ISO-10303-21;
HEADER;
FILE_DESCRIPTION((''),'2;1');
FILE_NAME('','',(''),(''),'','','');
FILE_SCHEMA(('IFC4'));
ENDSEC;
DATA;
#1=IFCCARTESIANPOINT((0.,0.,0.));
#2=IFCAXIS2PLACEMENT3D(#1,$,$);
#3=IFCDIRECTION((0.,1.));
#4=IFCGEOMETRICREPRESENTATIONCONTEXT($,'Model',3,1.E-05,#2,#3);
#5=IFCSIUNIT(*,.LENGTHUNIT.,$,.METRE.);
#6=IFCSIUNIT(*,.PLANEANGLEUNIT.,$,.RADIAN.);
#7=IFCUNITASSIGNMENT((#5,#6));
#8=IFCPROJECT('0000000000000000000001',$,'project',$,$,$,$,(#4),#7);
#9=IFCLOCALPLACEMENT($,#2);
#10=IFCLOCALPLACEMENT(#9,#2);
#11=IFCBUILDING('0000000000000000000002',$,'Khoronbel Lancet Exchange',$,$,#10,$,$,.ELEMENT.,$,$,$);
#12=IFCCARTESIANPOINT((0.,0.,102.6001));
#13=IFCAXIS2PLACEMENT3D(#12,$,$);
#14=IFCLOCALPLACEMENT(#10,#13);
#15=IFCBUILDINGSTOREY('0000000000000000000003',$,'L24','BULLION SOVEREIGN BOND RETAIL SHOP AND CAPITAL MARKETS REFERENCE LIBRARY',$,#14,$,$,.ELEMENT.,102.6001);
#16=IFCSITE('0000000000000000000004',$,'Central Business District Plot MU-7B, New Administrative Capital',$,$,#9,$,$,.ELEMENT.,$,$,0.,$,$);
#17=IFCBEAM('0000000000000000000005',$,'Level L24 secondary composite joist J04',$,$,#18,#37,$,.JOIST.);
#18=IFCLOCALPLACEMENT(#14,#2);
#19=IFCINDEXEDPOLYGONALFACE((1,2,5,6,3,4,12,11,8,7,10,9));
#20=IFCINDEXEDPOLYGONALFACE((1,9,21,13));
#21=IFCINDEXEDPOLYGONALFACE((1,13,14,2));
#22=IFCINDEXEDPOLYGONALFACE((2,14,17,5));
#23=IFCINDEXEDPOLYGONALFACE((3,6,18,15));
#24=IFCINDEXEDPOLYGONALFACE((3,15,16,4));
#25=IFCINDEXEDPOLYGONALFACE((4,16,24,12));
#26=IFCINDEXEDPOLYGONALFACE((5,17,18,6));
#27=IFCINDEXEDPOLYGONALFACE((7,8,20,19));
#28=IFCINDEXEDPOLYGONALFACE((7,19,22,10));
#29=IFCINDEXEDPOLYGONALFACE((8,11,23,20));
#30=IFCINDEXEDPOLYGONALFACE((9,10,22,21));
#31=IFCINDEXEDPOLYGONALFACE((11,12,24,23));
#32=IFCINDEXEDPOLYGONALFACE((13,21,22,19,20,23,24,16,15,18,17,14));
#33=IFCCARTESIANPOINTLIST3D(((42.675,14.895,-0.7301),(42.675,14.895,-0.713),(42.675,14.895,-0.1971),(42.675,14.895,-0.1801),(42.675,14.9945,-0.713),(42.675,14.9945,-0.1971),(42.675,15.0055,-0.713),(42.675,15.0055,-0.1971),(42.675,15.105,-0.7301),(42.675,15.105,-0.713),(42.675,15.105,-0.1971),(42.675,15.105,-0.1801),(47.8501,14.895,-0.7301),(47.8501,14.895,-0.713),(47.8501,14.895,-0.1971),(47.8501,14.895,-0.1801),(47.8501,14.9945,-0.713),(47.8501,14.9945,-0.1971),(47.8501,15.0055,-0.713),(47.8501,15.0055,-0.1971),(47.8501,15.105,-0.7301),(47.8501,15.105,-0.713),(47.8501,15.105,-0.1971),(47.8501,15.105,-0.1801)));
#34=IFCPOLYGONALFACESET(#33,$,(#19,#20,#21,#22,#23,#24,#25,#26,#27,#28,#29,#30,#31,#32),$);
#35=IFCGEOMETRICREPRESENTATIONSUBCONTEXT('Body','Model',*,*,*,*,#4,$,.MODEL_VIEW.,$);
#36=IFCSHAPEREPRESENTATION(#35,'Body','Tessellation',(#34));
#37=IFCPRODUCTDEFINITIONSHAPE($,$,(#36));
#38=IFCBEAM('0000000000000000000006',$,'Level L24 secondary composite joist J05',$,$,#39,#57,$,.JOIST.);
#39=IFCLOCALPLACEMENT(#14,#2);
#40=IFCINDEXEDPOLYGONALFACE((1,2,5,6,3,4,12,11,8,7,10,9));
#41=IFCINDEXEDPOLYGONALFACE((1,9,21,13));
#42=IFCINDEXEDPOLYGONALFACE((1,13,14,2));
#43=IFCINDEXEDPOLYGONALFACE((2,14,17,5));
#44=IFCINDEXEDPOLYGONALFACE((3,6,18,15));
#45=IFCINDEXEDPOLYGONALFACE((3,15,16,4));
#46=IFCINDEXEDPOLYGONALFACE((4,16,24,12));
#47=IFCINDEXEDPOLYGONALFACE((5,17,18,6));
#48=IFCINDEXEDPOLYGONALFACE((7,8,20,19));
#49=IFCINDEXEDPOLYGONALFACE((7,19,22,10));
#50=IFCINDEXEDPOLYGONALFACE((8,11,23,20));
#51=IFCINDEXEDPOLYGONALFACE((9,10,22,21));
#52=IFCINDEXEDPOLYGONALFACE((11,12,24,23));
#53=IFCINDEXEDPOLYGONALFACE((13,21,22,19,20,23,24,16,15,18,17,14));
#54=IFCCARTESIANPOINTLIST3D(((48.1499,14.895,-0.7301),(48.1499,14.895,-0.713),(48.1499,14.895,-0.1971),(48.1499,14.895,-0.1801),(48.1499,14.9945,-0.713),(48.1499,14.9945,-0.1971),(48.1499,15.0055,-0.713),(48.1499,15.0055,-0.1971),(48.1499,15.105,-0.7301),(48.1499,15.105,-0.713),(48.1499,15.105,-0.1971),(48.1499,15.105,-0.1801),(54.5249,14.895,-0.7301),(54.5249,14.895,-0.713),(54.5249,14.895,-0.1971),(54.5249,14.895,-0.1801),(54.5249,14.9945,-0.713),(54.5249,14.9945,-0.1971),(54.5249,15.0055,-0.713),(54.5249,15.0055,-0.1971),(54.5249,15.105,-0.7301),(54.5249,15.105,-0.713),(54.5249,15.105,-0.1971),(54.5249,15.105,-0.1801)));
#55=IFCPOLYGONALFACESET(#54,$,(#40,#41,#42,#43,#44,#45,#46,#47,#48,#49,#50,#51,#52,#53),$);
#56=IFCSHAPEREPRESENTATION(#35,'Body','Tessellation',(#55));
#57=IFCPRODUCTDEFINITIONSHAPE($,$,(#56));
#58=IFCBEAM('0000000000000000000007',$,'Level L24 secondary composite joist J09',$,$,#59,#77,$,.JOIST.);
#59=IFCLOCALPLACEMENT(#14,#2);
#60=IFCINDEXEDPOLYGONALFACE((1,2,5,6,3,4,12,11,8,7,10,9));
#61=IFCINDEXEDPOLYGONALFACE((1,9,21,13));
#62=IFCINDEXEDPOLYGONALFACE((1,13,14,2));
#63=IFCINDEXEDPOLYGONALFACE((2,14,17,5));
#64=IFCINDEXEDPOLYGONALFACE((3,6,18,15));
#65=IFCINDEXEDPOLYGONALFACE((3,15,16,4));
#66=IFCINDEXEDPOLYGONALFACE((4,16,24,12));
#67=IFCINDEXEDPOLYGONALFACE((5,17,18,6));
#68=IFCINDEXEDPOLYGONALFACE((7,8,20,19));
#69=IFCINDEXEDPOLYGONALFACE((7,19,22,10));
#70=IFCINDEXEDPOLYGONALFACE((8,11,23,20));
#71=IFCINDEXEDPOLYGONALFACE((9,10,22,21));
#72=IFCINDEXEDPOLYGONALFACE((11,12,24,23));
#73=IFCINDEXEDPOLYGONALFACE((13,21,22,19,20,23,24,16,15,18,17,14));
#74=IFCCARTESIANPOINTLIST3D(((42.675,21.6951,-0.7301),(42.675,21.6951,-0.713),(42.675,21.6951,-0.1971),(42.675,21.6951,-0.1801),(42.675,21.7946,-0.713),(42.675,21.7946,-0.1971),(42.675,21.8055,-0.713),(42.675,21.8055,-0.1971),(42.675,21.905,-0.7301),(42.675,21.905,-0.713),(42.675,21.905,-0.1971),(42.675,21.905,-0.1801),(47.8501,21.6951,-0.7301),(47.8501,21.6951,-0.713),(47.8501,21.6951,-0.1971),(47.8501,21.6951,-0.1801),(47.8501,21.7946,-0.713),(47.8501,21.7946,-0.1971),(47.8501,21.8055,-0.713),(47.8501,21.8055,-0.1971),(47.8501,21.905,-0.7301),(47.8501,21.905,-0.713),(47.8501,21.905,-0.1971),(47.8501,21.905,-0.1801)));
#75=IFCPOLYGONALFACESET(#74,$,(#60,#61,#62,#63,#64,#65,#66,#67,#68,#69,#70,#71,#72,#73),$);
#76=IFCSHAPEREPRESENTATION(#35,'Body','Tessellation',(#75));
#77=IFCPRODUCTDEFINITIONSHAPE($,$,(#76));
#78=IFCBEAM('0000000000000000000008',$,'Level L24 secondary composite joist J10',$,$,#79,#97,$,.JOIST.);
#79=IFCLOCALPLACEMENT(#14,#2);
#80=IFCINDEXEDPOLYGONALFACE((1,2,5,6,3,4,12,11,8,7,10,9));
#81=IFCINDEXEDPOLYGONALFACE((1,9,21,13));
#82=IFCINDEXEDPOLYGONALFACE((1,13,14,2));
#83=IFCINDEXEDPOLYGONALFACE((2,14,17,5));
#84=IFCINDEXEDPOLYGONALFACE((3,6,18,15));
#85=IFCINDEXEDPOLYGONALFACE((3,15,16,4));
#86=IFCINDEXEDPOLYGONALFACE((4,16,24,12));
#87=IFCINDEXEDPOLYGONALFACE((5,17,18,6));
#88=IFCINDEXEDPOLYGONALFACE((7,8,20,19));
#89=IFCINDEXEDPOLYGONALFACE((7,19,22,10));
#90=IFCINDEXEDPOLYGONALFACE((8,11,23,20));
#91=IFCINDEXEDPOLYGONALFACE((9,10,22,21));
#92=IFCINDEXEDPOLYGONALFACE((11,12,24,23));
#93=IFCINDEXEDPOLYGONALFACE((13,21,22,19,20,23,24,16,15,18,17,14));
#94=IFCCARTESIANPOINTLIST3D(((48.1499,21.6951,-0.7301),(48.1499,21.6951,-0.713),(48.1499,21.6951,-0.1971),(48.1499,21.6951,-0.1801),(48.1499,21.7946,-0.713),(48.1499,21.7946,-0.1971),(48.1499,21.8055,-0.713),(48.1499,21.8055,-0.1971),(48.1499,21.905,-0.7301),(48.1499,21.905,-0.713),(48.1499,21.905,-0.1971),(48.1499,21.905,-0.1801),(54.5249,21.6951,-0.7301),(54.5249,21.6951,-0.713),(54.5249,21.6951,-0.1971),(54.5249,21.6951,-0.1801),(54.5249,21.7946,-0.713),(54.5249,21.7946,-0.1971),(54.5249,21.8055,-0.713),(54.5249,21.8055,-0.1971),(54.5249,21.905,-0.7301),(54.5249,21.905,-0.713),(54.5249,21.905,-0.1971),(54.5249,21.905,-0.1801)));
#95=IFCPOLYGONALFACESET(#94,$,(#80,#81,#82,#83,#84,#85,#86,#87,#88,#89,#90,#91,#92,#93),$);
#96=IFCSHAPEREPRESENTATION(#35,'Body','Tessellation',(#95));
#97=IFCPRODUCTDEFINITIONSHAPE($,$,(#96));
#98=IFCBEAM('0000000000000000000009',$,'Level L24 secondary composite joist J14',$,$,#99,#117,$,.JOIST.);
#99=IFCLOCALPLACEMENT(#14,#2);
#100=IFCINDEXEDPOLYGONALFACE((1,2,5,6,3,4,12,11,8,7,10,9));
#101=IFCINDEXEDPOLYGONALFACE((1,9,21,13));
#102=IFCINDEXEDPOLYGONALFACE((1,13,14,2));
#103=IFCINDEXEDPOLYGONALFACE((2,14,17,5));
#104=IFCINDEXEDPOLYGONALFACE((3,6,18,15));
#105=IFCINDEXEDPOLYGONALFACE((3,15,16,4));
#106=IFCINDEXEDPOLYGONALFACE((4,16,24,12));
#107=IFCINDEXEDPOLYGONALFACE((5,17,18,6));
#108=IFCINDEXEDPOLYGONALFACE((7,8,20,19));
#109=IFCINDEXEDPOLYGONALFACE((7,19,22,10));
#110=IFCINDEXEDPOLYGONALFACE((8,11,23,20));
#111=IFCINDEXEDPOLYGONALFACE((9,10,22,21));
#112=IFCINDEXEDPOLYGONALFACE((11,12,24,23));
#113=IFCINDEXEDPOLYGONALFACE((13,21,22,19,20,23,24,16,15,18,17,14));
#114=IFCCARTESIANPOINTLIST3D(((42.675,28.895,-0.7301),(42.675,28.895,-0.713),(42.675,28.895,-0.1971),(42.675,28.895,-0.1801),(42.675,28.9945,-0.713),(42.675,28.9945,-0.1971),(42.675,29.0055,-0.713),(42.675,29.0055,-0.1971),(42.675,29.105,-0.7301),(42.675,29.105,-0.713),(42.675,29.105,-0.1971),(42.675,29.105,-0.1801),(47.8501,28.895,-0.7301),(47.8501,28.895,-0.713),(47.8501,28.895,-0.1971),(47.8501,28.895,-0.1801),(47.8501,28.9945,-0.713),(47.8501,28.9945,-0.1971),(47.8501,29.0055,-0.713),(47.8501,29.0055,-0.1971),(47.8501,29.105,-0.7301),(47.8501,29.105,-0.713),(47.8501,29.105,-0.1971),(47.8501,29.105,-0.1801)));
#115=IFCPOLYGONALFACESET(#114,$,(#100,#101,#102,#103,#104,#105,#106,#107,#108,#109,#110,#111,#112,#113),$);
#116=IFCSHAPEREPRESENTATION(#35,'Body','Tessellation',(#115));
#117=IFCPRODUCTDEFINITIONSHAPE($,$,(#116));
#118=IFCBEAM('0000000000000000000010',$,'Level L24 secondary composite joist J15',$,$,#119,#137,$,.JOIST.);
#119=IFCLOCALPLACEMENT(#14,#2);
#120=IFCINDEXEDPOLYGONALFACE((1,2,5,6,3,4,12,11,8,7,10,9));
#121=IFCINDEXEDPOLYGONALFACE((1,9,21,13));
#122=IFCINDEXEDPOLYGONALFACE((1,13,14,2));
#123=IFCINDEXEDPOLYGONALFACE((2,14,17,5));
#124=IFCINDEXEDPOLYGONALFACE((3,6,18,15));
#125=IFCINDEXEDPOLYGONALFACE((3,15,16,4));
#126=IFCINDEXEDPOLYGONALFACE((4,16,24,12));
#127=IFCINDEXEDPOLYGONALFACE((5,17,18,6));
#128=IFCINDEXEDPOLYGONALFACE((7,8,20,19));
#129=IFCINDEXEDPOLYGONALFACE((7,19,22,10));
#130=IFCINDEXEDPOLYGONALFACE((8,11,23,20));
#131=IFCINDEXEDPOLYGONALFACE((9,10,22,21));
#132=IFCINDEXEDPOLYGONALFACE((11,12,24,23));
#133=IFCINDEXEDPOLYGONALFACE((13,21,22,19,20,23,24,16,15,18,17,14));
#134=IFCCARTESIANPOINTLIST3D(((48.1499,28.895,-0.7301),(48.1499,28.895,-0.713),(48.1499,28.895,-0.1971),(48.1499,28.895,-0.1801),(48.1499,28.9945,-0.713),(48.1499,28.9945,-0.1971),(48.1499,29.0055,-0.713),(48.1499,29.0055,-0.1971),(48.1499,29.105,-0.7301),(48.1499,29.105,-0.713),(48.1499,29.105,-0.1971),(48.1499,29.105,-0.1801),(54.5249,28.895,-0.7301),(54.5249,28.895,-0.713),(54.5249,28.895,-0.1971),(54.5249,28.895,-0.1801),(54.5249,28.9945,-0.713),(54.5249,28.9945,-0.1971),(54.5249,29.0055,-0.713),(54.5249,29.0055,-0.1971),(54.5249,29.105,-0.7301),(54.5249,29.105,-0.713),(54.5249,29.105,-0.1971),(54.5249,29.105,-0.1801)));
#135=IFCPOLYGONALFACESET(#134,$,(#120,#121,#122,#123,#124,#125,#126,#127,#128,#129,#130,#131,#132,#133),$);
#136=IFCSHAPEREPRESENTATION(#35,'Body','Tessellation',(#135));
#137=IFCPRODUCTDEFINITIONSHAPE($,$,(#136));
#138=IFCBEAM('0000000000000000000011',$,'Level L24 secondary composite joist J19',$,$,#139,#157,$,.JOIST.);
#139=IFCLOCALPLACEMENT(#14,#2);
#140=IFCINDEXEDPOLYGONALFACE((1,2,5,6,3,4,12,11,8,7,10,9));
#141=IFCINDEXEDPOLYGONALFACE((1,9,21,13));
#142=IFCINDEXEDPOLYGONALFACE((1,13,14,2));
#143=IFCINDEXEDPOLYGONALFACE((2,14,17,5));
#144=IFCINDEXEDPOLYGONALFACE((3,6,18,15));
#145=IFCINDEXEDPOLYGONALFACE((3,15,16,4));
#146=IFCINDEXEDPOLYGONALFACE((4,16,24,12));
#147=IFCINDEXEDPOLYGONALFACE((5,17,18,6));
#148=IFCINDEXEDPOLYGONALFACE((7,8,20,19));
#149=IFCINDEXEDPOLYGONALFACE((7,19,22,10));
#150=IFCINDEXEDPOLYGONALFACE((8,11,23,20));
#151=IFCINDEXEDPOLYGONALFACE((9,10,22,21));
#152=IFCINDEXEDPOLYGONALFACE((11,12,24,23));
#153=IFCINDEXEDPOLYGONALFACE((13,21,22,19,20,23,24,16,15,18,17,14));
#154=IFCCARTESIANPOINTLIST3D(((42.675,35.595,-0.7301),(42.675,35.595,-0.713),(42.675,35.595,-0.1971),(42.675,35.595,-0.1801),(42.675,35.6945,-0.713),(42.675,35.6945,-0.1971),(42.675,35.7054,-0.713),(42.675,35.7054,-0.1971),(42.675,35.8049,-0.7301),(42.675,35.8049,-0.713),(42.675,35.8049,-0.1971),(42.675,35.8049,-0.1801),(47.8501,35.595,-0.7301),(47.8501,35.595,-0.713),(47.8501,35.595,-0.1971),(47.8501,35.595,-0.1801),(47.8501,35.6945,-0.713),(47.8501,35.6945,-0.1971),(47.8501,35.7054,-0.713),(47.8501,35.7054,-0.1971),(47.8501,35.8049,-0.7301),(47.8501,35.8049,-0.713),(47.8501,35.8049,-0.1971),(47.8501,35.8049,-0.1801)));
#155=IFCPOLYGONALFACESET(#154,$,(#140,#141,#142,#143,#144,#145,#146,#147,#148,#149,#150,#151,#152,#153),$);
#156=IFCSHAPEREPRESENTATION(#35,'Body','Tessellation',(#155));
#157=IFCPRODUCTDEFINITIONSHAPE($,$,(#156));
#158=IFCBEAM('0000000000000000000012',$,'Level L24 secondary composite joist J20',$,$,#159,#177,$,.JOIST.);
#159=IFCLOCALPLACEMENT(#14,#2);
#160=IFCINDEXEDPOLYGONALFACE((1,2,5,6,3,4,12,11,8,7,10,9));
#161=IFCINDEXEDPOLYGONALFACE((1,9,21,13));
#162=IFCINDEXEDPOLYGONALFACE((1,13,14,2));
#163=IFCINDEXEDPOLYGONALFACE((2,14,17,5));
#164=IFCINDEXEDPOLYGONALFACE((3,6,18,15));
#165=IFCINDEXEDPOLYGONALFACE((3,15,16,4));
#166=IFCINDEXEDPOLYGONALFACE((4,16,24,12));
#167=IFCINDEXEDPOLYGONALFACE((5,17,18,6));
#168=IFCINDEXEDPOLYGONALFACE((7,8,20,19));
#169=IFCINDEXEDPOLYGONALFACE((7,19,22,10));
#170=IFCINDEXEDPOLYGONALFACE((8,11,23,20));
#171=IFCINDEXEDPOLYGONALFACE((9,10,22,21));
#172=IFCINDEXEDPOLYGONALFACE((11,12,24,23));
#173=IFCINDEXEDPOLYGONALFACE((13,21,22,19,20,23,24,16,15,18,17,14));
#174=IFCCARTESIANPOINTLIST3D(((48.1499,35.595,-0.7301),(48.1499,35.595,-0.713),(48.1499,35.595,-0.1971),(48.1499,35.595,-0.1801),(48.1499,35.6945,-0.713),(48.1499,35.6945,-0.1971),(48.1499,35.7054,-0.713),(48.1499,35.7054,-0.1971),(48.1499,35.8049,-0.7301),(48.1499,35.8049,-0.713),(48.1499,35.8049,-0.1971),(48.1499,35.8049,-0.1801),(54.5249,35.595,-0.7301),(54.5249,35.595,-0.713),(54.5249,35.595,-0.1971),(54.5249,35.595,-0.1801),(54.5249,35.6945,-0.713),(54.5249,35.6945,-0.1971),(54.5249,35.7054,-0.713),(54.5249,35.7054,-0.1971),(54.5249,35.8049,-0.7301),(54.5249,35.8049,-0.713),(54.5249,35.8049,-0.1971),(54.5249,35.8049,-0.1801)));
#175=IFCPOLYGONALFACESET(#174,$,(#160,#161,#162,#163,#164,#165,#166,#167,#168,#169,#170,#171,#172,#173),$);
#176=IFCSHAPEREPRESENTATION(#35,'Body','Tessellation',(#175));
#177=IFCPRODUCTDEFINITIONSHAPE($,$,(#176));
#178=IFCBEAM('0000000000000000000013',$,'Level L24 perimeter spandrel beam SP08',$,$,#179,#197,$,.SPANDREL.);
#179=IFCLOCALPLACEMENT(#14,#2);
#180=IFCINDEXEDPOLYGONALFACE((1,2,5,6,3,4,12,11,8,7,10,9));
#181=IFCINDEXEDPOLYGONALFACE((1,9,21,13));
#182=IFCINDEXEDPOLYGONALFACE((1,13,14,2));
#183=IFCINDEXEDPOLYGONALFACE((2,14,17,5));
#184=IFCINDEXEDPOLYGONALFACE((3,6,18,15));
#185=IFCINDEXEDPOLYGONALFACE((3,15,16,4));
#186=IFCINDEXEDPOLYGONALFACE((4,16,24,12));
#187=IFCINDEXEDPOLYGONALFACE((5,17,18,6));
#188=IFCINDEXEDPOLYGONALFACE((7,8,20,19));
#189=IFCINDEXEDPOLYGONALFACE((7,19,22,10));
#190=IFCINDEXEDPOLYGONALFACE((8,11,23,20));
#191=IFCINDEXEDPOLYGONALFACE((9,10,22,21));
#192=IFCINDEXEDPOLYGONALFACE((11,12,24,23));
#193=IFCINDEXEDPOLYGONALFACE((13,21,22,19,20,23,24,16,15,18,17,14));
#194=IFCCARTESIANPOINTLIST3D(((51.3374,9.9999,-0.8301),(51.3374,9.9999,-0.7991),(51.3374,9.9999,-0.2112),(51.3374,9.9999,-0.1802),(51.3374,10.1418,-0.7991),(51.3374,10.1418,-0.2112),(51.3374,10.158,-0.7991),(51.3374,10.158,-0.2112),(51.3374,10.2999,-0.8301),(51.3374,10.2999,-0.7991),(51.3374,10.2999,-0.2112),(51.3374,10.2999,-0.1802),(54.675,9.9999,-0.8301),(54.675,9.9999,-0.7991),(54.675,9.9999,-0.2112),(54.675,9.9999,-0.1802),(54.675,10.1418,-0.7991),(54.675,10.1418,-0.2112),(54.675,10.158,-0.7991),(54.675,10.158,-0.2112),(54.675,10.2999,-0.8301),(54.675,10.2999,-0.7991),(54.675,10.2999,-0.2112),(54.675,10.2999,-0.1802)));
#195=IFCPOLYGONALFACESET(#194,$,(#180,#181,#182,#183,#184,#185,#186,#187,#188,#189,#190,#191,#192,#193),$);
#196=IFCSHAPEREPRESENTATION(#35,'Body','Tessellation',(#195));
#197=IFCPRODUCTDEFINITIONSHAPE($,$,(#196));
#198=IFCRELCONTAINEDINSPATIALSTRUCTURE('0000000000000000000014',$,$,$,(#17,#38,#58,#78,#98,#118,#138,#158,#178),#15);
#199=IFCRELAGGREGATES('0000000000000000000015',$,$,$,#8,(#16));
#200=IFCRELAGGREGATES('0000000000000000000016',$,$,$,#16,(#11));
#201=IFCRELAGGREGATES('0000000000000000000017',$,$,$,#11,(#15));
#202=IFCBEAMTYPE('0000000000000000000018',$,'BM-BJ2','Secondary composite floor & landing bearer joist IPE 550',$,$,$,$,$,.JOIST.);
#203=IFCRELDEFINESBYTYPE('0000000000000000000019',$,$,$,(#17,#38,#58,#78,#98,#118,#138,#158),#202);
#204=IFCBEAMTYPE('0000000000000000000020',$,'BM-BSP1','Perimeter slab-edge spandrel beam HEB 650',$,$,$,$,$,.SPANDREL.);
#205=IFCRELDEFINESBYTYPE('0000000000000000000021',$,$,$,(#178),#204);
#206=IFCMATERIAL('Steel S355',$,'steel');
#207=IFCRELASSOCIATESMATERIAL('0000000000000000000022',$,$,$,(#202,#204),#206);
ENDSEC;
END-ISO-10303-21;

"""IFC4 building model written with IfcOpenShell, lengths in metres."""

from ifc_helpers import new_model, si_unit, direction, frame, origin, origin_2d, place, context, subcontext, project, spatial, i_section, extrude, material, material_profile, profile_set, type_object, element, save


model = new_model("IFC4")

# Units and contexts
model_context = context("Model", 3, precision=1e-05, world=origin(), true_north=direction((0.0, 1.0)))
body_context = subcontext(model_context, "Body", "Model", "MODEL_VIEW")
ifc_project = project(units=[si_unit("LENGTHUNIT", "METRE"), si_unit("PLANEANGLEUNIT", "RADIAN")], contexts=[model_context])

# Site, building, storey
site_placement = place(None, origin())
site = spatial("IfcSite", under=ifc_project, at=site_placement, Name="Central Business District Plot MU-7B, New Administrative Capital", CompositionType="ELEMENT", RefElevation=0.0)
building_placement = place(site_placement, origin())
building = spatial("IfcBuilding", under=site, at=building_placement, Name="Khoronbel Lancet Exchange", CompositionType="ELEMENT")
storey_placement = place(building_placement, frame((0.0, 0.0, 102.6001)))
storey = spatial("IfcBuildingStorey", under=building, at=storey_placement, Name="L24", Description="BULLION SOVEREIGN BOND RETAIL SHOP AND CAPITAL MARKETS REFERENCE LIBRARY", CompositionType="ELEMENT", Elevation=102.6001)

# Beams
ifc_material_1 = material(Name="Steel S355", Category="steel")
ifc_material_profile_1 = material_profile(ifc_material_1, i_section(OverallWidth=0.21, OverallDepth=0.55, WebThickness=0.011, FlangeThickness=0.0171, at=origin_2d()), Name="IPE 550")
ifc_profile_set_1 = profile_set([ifc_material_profile_1], Name="Steel S355")
beam_type_1 = type_object("IfcBeamType", Name="BM-BJ2", Description="Secondary composite floor & landing bearer joist IPE 550", PredefinedType="JOIST", material=ifc_profile_set_1)
beam_1_placement = place(storey_placement, frame((42.675, 15.0, -0.4551), z_axis=(1.0, 0.0, 0.0), x_axis=(0.0, 1.0, 0.0)))
element("IfcBeam", 1, at=beam_1_placement, inside=storey, type_object=beam_type_1, Name="Level L24 secondary composite joist J04", PredefinedType="JOIST", context=body_context, shape_type="SweptSolid", body=[
    extrude(i_section(OverallWidth=0.21, OverallDepth=0.55, WebThickness=0.011, FlangeThickness=0.0171, at=origin_2d()), origin(), (0.0, 0.0, 1.0), 5.175),
])
beam_2_placement = place(storey_placement, frame((48.1499, 15.0, -0.4551), z_axis=(1.0, 0.0, 0.0), x_axis=(0.0, 1.0, 0.0)))
element("IfcBeam", 2, at=beam_2_placement, inside=storey, type_object=beam_type_1, Name="Level L24 secondary composite joist J05", PredefinedType="JOIST", context=body_context, shape_type="SweptSolid", body=[
    extrude(i_section(OverallWidth=0.21, OverallDepth=0.55, WebThickness=0.011, FlangeThickness=0.0171, at=origin_2d()), origin(), (0.0, 0.0, 1.0), 6.375),
])
beam_3_placement = place(storey_placement, frame((42.675, 21.8, -0.4551), z_axis=(1.0, 0.0, 0.0), x_axis=(0.0, 1.0, 0.0)))
element("IfcBeam", 3, at=beam_3_placement, inside=storey, type_object=beam_type_1, Name="Level L24 secondary composite joist J09", PredefinedType="JOIST", context=body_context, shape_type="SweptSolid", body=[
    extrude(i_section(OverallWidth=0.21, OverallDepth=0.55, WebThickness=0.011, FlangeThickness=0.0171, at=origin_2d()), origin(), (0.0, 0.0, 1.0), 5.175),
])
beam_4_placement = place(storey_placement, frame((48.1499, 21.8, -0.4551), z_axis=(1.0, 0.0, 0.0), x_axis=(0.0, 1.0, 0.0)))
element("IfcBeam", 4, at=beam_4_placement, inside=storey, type_object=beam_type_1, Name="Level L24 secondary composite joist J10", PredefinedType="JOIST", context=body_context, shape_type="SweptSolid", body=[
    extrude(i_section(OverallWidth=0.21, OverallDepth=0.55, WebThickness=0.011, FlangeThickness=0.0171, at=origin_2d()), origin(), (0.0, 0.0, 1.0), 6.375),
])
beam_5_placement = place(storey_placement, frame((42.675, 29.0, -0.4551), z_axis=(1.0, 0.0, 0.0), x_axis=(0.0, 1.0, 0.0)))
element("IfcBeam", 5, at=beam_5_placement, inside=storey, type_object=beam_type_1, Name="Level L24 secondary composite joist J14", PredefinedType="JOIST", context=body_context, shape_type="SweptSolid", body=[
    extrude(i_section(OverallWidth=0.21, OverallDepth=0.55, WebThickness=0.011, FlangeThickness=0.0171, at=origin_2d()), origin(), (0.0, 0.0, 1.0), 5.175),
])
beam_6_placement = place(storey_placement, frame((48.1499, 29.0, -0.4551), z_axis=(1.0, 0.0, 0.0), x_axis=(0.0, 1.0, 0.0)))
element("IfcBeam", 6, at=beam_6_placement, inside=storey, type_object=beam_type_1, Name="Level L24 secondary composite joist J15", PredefinedType="JOIST", context=body_context, shape_type="SweptSolid", body=[
    extrude(i_section(OverallWidth=0.21, OverallDepth=0.55, WebThickness=0.011, FlangeThickness=0.0171, at=origin_2d()), origin(), (0.0, 0.0, 1.0), 6.375),
])
beam_7_placement = place(storey_placement, frame((42.675, 35.7, -0.4551), z_axis=(1.0, 0.0, 0.0), x_axis=(0.0, 1.0, 0.0)))
element("IfcBeam", 7, at=beam_7_placement, inside=storey, type_object=beam_type_1, Name="Level L24 secondary composite joist J19", PredefinedType="JOIST", context=body_context, shape_type="SweptSolid", body=[
    extrude(i_section(OverallWidth=0.21, OverallDepth=0.55, WebThickness=0.011, FlangeThickness=0.0171, at=origin_2d()), origin(), (0.0, 0.0, 1.0), 5.175),
])
beam_8_placement = place(storey_placement, frame((48.1499, 35.7, -0.4551), z_axis=(1.0, 0.0, 0.0), x_axis=(0.0, 1.0, 0.0)))
element("IfcBeam", 8, at=beam_8_placement, inside=storey, type_object=beam_type_1, Name="Level L24 secondary composite joist J20", PredefinedType="JOIST", context=body_context, shape_type="SweptSolid", body=[
    extrude(i_section(OverallWidth=0.21, OverallDepth=0.55, WebThickness=0.011, FlangeThickness=0.0171, at=origin_2d()), origin(), (0.0, 0.0, 1.0), 6.375),
])
ifc_material_profile_2 = material_profile(ifc_material_1, i_section(OverallWidth=0.3, OverallDepth=0.6499, WebThickness=0.0161, FlangeThickness=0.031, at=origin_2d()), Name="HEB 650")
ifc_profile_set_2 = profile_set([ifc_material_profile_2], Name="Steel S355")
beam_type_2 = type_object("IfcBeamType", Name="BM-BSP1", Description="Perimeter slab-edge spandrel beam HEB 650", PredefinedType="SPANDREL", material=ifc_profile_set_2)
beam_9_placement = place(storey_placement, frame((51.3374, 10.1499, -0.5051), z_axis=(1.0, 0.0, 0.0), x_axis=(0.0, 1.0, 0.0)))
element("IfcBeam", 9, at=beam_9_placement, inside=storey, type_object=beam_type_2, Name="Level L24 perimeter spandrel beam SP08", PredefinedType="SPANDREL", context=body_context, shape_type="SweptSolid", body=[
    extrude(i_section(OverallWidth=0.3, OverallDepth=0.6499, WebThickness=0.0161, FlangeThickness=0.031, at=origin_2d()), origin(), (0.0, 0.0, 1.0), 3.3376),
])

save(model, "model.ifc")
